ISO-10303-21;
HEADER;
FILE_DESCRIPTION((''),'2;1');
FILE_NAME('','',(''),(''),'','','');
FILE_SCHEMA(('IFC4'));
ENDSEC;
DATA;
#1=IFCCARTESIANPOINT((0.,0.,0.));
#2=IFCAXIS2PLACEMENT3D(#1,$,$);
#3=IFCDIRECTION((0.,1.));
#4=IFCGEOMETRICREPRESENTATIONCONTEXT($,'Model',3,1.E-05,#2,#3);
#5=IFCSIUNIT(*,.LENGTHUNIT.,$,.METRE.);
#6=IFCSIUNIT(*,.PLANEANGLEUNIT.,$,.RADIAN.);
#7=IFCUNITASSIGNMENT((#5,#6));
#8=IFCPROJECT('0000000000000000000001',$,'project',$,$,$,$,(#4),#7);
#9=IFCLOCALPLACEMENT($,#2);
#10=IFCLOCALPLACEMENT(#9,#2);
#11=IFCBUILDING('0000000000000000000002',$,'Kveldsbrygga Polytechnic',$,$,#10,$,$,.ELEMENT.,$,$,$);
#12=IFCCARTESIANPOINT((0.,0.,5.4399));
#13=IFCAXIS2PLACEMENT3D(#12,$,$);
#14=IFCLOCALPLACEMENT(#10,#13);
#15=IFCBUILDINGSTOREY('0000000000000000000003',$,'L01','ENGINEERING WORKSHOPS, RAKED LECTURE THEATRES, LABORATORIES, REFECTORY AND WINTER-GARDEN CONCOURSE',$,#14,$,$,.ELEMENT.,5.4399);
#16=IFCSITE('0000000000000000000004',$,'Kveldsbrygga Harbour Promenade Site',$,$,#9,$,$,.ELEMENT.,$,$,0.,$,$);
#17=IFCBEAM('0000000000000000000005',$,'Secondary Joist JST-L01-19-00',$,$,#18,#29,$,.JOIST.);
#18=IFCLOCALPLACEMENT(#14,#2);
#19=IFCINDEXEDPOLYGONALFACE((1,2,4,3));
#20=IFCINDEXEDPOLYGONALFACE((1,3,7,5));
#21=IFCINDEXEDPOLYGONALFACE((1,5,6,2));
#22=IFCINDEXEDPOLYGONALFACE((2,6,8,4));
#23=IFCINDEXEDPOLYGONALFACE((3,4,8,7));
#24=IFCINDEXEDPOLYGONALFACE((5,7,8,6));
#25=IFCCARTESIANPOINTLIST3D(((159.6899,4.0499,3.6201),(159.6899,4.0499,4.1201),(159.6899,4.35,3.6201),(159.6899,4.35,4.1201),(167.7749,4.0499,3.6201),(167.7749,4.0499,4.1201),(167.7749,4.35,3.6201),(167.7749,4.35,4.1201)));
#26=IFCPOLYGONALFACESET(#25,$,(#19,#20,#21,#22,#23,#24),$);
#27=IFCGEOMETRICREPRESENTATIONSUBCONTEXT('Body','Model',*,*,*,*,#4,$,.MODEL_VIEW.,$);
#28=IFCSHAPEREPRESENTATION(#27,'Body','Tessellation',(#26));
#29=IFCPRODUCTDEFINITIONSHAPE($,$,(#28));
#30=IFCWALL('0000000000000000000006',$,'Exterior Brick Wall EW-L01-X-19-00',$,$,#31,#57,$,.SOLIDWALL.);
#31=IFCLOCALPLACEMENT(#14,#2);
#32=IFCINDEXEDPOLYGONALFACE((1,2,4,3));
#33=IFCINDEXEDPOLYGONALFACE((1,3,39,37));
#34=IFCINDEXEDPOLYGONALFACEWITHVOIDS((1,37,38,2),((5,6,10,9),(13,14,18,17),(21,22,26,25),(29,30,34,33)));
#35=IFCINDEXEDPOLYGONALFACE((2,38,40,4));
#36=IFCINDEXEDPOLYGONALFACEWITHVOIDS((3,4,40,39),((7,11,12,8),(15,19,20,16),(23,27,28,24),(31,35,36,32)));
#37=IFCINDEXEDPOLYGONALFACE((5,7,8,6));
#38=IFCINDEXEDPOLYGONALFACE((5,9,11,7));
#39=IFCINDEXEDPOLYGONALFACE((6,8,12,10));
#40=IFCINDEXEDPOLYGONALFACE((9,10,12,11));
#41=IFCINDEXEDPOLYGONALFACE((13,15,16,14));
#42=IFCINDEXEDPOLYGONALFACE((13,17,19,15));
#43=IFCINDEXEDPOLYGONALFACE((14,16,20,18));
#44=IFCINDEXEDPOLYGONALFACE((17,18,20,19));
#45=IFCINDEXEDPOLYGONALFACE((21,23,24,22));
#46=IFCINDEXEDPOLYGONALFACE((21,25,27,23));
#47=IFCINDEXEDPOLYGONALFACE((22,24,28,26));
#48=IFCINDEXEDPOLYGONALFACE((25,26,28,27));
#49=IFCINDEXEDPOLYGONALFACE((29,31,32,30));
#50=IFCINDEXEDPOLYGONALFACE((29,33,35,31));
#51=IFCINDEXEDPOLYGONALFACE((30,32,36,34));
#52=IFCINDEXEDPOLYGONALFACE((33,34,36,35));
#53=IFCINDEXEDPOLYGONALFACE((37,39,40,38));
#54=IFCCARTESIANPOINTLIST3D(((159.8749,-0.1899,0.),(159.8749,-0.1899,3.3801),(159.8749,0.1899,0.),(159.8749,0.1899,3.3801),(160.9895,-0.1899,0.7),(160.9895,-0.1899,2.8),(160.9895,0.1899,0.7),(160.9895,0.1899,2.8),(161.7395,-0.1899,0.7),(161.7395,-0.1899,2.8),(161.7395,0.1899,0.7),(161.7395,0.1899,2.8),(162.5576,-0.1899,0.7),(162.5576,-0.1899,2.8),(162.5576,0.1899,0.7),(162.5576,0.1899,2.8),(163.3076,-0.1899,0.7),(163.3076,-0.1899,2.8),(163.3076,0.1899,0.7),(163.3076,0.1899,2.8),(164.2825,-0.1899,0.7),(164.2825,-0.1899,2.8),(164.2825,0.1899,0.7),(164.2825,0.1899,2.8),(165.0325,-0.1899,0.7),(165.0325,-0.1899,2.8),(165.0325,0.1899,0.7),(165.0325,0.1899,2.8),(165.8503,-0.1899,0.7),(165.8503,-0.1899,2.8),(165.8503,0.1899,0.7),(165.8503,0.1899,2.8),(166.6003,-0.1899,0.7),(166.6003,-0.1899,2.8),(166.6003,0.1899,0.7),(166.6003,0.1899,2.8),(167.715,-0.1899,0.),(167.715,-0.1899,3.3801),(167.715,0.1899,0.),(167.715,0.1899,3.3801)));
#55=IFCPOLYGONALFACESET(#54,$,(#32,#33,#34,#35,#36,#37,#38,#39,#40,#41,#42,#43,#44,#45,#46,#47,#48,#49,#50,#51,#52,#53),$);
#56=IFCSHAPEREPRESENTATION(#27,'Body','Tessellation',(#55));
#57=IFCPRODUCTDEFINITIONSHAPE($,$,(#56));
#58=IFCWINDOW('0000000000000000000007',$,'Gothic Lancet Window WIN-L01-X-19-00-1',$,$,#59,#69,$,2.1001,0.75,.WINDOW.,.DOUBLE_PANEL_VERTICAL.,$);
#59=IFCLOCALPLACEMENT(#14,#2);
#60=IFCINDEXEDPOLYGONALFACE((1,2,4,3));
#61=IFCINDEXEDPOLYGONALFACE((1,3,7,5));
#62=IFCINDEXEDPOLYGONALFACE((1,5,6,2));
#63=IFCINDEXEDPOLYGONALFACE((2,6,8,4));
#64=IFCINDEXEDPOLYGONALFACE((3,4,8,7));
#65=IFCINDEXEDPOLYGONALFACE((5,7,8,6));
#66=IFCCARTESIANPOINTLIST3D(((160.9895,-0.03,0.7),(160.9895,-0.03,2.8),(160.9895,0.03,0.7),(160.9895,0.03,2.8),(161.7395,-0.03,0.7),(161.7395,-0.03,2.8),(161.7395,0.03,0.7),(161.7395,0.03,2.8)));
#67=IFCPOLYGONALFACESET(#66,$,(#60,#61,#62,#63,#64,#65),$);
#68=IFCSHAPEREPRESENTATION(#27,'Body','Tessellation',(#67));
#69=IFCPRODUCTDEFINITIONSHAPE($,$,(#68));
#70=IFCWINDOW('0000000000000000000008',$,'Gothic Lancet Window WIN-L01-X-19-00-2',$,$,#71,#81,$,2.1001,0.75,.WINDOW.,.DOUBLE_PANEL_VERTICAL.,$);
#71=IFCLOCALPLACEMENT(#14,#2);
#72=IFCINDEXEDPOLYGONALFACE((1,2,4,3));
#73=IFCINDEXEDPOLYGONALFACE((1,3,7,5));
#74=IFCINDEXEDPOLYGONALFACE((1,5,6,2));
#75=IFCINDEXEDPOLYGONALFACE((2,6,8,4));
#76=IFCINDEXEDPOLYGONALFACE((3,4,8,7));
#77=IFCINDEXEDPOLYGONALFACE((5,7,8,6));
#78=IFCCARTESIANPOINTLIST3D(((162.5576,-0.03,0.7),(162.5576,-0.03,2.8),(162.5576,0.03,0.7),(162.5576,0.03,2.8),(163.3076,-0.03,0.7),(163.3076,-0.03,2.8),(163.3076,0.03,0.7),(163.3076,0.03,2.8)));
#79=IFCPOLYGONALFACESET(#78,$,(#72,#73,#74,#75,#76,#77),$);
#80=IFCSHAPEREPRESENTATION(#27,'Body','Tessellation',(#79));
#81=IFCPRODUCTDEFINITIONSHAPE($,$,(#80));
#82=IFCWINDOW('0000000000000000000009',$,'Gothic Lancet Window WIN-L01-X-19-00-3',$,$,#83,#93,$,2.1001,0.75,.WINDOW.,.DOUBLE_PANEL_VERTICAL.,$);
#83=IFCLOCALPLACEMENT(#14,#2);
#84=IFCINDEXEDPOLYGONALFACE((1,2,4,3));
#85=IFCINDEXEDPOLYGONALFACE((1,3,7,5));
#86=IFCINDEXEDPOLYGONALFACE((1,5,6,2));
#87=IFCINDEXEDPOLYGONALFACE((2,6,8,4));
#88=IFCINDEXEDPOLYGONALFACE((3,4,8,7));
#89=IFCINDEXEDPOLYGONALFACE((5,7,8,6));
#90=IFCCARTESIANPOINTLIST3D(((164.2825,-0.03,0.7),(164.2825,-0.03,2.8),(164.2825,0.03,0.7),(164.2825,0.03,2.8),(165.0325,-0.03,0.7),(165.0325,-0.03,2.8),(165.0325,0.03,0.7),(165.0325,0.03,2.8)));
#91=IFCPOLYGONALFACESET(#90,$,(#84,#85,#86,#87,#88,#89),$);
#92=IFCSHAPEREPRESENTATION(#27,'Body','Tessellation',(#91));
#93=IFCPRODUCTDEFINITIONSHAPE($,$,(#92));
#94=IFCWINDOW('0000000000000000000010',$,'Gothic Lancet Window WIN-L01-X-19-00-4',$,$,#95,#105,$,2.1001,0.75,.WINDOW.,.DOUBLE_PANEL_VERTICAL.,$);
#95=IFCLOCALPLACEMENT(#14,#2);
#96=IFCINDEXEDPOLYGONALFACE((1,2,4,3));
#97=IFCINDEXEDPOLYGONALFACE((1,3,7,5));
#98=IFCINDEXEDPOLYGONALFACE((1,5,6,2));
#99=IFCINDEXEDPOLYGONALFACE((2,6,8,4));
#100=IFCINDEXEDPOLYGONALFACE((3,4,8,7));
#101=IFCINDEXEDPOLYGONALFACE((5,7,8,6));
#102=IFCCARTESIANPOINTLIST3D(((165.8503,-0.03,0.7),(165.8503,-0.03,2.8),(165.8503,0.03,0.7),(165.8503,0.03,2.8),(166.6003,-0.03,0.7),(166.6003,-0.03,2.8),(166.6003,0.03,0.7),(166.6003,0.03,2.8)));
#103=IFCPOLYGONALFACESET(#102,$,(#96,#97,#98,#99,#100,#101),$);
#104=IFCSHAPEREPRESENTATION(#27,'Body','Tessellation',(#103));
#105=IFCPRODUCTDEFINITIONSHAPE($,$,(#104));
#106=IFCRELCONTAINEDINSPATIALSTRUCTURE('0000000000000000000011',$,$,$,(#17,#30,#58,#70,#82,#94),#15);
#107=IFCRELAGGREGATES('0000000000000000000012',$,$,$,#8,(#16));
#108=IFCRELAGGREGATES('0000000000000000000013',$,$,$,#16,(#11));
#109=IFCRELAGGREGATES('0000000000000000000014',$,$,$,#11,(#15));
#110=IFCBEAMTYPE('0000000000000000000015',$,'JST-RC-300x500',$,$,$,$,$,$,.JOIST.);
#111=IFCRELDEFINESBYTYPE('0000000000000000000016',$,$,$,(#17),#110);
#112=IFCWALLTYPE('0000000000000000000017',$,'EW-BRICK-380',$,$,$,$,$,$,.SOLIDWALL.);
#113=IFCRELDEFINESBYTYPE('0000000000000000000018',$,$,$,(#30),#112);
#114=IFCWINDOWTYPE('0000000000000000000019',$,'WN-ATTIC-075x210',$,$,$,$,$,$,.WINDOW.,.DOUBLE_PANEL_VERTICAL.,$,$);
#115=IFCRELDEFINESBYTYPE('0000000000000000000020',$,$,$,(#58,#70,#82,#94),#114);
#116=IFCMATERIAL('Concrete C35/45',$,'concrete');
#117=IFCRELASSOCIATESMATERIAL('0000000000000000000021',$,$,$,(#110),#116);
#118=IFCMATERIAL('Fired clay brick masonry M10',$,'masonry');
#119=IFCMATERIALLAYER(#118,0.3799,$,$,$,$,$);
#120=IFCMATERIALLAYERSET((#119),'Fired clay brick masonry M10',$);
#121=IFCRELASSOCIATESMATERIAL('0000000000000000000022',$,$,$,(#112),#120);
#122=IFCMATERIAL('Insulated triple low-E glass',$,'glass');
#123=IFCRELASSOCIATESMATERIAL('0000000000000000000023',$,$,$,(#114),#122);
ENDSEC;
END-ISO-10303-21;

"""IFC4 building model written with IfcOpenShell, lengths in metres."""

from ifc_helpers import new_model, si_unit, direction, frame, frame_2d, origin, origin_2d, place, context, subcontext, project, spatial, rectangle, extrude, material, layer, layer_set, material_profile, profile_set, type_object, element, fill, save


model = new_model("IFC4")

# Units and contexts
model_context = context("Model", 3, precision=1e-05, world=origin(), true_north=direction((0.0, 1.0)))
body_context = subcontext(model_context, "Body", "Model", "MODEL_VIEW")
ifc_project = project(units=[si_unit("LENGTHUNIT", "METRE"), si_unit("PLANEANGLEUNIT", "RADIAN")], contexts=[model_context])

# Site, building, storey
site_placement = place(None, origin())
site = spatial("IfcSite", under=ifc_project, at=site_placement, Name="Kveldsbrygga Harbour Promenade Site", CompositionType="ELEMENT", RefElevation=0.0)
building_placement = place(site_placement, origin())
building = spatial("IfcBuilding", under=site, at=building_placement, Name="Kveldsbrygga Polytechnic", CompositionType="ELEMENT")
storey_placement = place(building_placement, frame((0.0, 0.0, 5.4399)))
storey = spatial("IfcBuildingStorey", under=building, at=storey_placement, Name="L01", Description="ENGINEERING WORKSHOPS, RAKED LECTURE THEATRES, LABORATORIES, REFECTORY AND WINTER-GARDEN CONCOURSE", CompositionType="ELEMENT", Elevation=5.4399)

# Shared definitions
ifc_material_1 = material(Name="Concrete C35/45", Category="concrete")

# Beam
ifc_material_profile_1 = material_profile(ifc_material_1, rectangle(XDim=0.3, YDim=0.5, at=origin_2d()), Name="RC 300x500")
ifc_profile_set_1 = profile_set([ifc_material_profile_1], Name="Concrete C35/45")
beam_type_1 = type_object("IfcBeamType", Name="JST-RC-300x500", PredefinedType="JOIST", material=ifc_profile_set_1)
beam_1_placement = place(storey_placement, frame((159.6899, 4.2, 3.8701), z_axis=(1.0, 0.0, 0.0), x_axis=(0.0, 1.0, 0.0)))
element("IfcBeam", 1, at=beam_1_placement, inside=storey, type_object=beam_type_1, Name="Secondary Joist JST-L01-19-00", PredefinedType="JOIST", context=body_context, shape_type="SweptSolid", body=[
    extrude(rectangle(XDim=0.3, YDim=0.5, at=origin_2d()), origin(), (0.0, 0.0, 1.0), 8.085),
])

# Wall, openings, windows
ifc_material_2 = material(Name="Fired clay brick masonry M10", Category="masonry")
ifc_layer_1 = layer(ifc_material_2, 0.3799)
ifc_layer_set_1 = layer_set([ifc_layer_1], Name="Fired clay brick masonry M10")
wall_type = type_object("IfcWallType", Name="EW-BRICK-380", PredefinedType="SOLIDWALL", material=ifc_layer_set_1)
wall_placement = place(storey_placement, frame((159.875, 0.0, 0.0), z_axis=(0.0, 0.0, 1.0), x_axis=(1.0, 0.0, 0.0)))
wall = element("IfcWall", 2, at=wall_placement, inside=storey, type_object=wall_type, Name="Exterior Brick Wall EW-L01-X-19-00", PredefinedType="SOLIDWALL", context=body_context, shape_type="SweptSolid", body=[
    extrude(rectangle(XDim=7.8401, YDim=0.3799, at=frame_2d((3.9199, 0.0))), origin(), (0.0, 0.0, 1.0), 3.3801),
])
opening_1_placement = place(wall_placement, frame((1.1145, 0.0, 0.7)))
opening_1 = element("IfcOpeningElement", 3, at=opening_1_placement, cuts=wall, PredefinedType="OPENING", context=body_context, shape_type="SweptSolid", body=[
    extrude(rectangle(XDim=0.75, YDim=2.1001, at=frame_2d((0.375, 1.05))), frame((0.0, 0.2, 0.0), z_axis=(0.0, -1.0, 0.0), x_axis=(1.0, 0.0, 0.0)), (0.0, 0.0, 1.0), 0.3999),
])
opening_2_placement = place(wall_placement, frame((2.6826, 0.0, 0.7)))
opening_2 = element("IfcOpeningElement", 4, at=opening_2_placement, cuts=wall, PredefinedType="OPENING", context=body_context, shape_type="SweptSolid", body=[
    extrude(rectangle(XDim=0.75, YDim=2.1001, at=frame_2d((0.375, 1.05))), frame((0.0, 0.2, 0.0), z_axis=(0.0, -1.0, 0.0), x_axis=(1.0, 0.0, 0.0)), (0.0, 0.0, 1.0), 0.3999),
])
opening_3_placement = place(wall_placement, frame((4.4075, 0.0, 0.7)))
opening_3 = element("IfcOpeningElement", 5, at=opening_3_placement, cuts=wall, PredefinedType="OPENING", context=body_context, shape_type="SweptSolid", body=[
    extrude(rectangle(XDim=0.75, YDim=2.1001, at=frame_2d((0.375, 1.05))), frame((0.0, 0.2, 0.0), z_axis=(0.0, -1.0, 0.0), x_axis=(1.0, 0.0, 0.0)), (0.0, 0.0, 1.0), 0.3999),
])
opening_4_placement = place(wall_placement, frame((5.9753, 0.0, 0.7)))
opening_4 = element("IfcOpeningElement", 6, at=opening_4_placement, cuts=wall, PredefinedType="OPENING", context=body_context, shape_type="SweptSolid", body=[
    extrude(rectangle(XDim=0.75, YDim=2.1001, at=frame_2d((0.375, 1.05))), frame((0.0, 0.2, 0.0), z_axis=(0.0, -1.0, 0.0), x_axis=(1.0, 0.0, 0.0)), (0.0, 0.0, 1.0), 0.3999),
])
ifc_material_3 = material(Name="Insulated triple low-E glass", Category="glass")
window_type = type_object("IfcWindowType", Name="WN-ATTIC-075x210", PartitioningType="DOUBLE_PANEL_VERTICAL", PredefinedType="WINDOW", material=ifc_material_3)
window_1_placement = place(opening_1_placement, origin())
window_1 = element("IfcWindow", 7, at=window_1_placement, inside=storey, type_object=window_type, Name="Gothic Lancet Window WIN-L01-X-19-00-1", OverallHeight=2.1001, OverallWidth=0.75, PartitioningType="DOUBLE_PANEL_VERTICAL", PredefinedType="WINDOW", context=body_context, shape_type="SweptSolid", body=[
    extrude(rectangle(XDim=0.75, YDim=2.1001, at=frame_2d((0.375, 1.05))), frame((0.0, 0.03, 0.0), z_axis=(0.0, -1.0, 0.0), x_axis=(1.0, 0.0, 0.0)), (0.0, 0.0, 1.0), 0.0601),
])
fill(opening_1, window_1)
window_2_placement = place(opening_2_placement, origin())
window_2 = element("IfcWindow", 8, at=window_2_placement, inside=storey, type_object=window_type, Name="Gothic Lancet Window WIN-L01-X-19-00-2", OverallHeight=2.1001, OverallWidth=0.75, PartitioningType="DOUBLE_PANEL_VERTICAL", PredefinedType="WINDOW", context=body_context, shape_type="SweptSolid", body=[
    extrude(rectangle(XDim=0.75, YDim=2.1001, at=frame_2d((0.375, 1.05))), frame((0.0, 0.03, 0.0), z_axis=(0.0, -1.0, 0.0), x_axis=(1.0, 0.0, 0.0)), (0.0, 0.0, 1.0), 0.0601),
])
fill(opening_2, window_2)
window_3_placement = place(opening_3_placement, origin())
window_3 = element("IfcWindow", 9, at=window_3_placement, inside=storey, type_object=window_type, Name="Gothic Lancet Window WIN-L01-X-19-00-3", OverallHeight=2.1001, OverallWidth=0.75, PartitioningType="DOUBLE_PANEL_VERTICAL", PredefinedType="WINDOW", context=body_context, shape_type="SweptSolid", body=[
    extrude(rectangle(XDim=0.75, YDim=2.1001, at=frame_2d((0.375, 1.05))), frame((0.0, 0.03, 0.0), z_axis=(0.0, -1.0, 0.0), x_axis=(1.0, 0.0, 0.0)), (0.0, 0.0, 1.0), 0.0601),
])
fill(opening_3, window_3)
window_4_placement = place(opening_4_placement, origin())
window_4 = element("IfcWindow", 10, at=window_4_placement, inside=storey, type_object=window_type, Name="Gothic Lancet Window WIN-L01-X-19-00-4", OverallHeight=2.1001, OverallWidth=0.75, PartitioningType="DOUBLE_PANEL_VERTICAL", PredefinedType="WINDOW", context=body_context, shape_type="SweptSolid", body=[
    extrude(rectangle(XDim=0.75, YDim=2.1001, at=frame_2d((0.375, 1.05))), frame((0.0, 0.03, 0.0), z_axis=(0.0, -1.0, 0.0), x_axis=(1.0, 0.0, 0.0)), (0.0, 0.0, 1.0), 0.0601),
])
fill(opening_4, window_4)

save(model, "model.ifc")
